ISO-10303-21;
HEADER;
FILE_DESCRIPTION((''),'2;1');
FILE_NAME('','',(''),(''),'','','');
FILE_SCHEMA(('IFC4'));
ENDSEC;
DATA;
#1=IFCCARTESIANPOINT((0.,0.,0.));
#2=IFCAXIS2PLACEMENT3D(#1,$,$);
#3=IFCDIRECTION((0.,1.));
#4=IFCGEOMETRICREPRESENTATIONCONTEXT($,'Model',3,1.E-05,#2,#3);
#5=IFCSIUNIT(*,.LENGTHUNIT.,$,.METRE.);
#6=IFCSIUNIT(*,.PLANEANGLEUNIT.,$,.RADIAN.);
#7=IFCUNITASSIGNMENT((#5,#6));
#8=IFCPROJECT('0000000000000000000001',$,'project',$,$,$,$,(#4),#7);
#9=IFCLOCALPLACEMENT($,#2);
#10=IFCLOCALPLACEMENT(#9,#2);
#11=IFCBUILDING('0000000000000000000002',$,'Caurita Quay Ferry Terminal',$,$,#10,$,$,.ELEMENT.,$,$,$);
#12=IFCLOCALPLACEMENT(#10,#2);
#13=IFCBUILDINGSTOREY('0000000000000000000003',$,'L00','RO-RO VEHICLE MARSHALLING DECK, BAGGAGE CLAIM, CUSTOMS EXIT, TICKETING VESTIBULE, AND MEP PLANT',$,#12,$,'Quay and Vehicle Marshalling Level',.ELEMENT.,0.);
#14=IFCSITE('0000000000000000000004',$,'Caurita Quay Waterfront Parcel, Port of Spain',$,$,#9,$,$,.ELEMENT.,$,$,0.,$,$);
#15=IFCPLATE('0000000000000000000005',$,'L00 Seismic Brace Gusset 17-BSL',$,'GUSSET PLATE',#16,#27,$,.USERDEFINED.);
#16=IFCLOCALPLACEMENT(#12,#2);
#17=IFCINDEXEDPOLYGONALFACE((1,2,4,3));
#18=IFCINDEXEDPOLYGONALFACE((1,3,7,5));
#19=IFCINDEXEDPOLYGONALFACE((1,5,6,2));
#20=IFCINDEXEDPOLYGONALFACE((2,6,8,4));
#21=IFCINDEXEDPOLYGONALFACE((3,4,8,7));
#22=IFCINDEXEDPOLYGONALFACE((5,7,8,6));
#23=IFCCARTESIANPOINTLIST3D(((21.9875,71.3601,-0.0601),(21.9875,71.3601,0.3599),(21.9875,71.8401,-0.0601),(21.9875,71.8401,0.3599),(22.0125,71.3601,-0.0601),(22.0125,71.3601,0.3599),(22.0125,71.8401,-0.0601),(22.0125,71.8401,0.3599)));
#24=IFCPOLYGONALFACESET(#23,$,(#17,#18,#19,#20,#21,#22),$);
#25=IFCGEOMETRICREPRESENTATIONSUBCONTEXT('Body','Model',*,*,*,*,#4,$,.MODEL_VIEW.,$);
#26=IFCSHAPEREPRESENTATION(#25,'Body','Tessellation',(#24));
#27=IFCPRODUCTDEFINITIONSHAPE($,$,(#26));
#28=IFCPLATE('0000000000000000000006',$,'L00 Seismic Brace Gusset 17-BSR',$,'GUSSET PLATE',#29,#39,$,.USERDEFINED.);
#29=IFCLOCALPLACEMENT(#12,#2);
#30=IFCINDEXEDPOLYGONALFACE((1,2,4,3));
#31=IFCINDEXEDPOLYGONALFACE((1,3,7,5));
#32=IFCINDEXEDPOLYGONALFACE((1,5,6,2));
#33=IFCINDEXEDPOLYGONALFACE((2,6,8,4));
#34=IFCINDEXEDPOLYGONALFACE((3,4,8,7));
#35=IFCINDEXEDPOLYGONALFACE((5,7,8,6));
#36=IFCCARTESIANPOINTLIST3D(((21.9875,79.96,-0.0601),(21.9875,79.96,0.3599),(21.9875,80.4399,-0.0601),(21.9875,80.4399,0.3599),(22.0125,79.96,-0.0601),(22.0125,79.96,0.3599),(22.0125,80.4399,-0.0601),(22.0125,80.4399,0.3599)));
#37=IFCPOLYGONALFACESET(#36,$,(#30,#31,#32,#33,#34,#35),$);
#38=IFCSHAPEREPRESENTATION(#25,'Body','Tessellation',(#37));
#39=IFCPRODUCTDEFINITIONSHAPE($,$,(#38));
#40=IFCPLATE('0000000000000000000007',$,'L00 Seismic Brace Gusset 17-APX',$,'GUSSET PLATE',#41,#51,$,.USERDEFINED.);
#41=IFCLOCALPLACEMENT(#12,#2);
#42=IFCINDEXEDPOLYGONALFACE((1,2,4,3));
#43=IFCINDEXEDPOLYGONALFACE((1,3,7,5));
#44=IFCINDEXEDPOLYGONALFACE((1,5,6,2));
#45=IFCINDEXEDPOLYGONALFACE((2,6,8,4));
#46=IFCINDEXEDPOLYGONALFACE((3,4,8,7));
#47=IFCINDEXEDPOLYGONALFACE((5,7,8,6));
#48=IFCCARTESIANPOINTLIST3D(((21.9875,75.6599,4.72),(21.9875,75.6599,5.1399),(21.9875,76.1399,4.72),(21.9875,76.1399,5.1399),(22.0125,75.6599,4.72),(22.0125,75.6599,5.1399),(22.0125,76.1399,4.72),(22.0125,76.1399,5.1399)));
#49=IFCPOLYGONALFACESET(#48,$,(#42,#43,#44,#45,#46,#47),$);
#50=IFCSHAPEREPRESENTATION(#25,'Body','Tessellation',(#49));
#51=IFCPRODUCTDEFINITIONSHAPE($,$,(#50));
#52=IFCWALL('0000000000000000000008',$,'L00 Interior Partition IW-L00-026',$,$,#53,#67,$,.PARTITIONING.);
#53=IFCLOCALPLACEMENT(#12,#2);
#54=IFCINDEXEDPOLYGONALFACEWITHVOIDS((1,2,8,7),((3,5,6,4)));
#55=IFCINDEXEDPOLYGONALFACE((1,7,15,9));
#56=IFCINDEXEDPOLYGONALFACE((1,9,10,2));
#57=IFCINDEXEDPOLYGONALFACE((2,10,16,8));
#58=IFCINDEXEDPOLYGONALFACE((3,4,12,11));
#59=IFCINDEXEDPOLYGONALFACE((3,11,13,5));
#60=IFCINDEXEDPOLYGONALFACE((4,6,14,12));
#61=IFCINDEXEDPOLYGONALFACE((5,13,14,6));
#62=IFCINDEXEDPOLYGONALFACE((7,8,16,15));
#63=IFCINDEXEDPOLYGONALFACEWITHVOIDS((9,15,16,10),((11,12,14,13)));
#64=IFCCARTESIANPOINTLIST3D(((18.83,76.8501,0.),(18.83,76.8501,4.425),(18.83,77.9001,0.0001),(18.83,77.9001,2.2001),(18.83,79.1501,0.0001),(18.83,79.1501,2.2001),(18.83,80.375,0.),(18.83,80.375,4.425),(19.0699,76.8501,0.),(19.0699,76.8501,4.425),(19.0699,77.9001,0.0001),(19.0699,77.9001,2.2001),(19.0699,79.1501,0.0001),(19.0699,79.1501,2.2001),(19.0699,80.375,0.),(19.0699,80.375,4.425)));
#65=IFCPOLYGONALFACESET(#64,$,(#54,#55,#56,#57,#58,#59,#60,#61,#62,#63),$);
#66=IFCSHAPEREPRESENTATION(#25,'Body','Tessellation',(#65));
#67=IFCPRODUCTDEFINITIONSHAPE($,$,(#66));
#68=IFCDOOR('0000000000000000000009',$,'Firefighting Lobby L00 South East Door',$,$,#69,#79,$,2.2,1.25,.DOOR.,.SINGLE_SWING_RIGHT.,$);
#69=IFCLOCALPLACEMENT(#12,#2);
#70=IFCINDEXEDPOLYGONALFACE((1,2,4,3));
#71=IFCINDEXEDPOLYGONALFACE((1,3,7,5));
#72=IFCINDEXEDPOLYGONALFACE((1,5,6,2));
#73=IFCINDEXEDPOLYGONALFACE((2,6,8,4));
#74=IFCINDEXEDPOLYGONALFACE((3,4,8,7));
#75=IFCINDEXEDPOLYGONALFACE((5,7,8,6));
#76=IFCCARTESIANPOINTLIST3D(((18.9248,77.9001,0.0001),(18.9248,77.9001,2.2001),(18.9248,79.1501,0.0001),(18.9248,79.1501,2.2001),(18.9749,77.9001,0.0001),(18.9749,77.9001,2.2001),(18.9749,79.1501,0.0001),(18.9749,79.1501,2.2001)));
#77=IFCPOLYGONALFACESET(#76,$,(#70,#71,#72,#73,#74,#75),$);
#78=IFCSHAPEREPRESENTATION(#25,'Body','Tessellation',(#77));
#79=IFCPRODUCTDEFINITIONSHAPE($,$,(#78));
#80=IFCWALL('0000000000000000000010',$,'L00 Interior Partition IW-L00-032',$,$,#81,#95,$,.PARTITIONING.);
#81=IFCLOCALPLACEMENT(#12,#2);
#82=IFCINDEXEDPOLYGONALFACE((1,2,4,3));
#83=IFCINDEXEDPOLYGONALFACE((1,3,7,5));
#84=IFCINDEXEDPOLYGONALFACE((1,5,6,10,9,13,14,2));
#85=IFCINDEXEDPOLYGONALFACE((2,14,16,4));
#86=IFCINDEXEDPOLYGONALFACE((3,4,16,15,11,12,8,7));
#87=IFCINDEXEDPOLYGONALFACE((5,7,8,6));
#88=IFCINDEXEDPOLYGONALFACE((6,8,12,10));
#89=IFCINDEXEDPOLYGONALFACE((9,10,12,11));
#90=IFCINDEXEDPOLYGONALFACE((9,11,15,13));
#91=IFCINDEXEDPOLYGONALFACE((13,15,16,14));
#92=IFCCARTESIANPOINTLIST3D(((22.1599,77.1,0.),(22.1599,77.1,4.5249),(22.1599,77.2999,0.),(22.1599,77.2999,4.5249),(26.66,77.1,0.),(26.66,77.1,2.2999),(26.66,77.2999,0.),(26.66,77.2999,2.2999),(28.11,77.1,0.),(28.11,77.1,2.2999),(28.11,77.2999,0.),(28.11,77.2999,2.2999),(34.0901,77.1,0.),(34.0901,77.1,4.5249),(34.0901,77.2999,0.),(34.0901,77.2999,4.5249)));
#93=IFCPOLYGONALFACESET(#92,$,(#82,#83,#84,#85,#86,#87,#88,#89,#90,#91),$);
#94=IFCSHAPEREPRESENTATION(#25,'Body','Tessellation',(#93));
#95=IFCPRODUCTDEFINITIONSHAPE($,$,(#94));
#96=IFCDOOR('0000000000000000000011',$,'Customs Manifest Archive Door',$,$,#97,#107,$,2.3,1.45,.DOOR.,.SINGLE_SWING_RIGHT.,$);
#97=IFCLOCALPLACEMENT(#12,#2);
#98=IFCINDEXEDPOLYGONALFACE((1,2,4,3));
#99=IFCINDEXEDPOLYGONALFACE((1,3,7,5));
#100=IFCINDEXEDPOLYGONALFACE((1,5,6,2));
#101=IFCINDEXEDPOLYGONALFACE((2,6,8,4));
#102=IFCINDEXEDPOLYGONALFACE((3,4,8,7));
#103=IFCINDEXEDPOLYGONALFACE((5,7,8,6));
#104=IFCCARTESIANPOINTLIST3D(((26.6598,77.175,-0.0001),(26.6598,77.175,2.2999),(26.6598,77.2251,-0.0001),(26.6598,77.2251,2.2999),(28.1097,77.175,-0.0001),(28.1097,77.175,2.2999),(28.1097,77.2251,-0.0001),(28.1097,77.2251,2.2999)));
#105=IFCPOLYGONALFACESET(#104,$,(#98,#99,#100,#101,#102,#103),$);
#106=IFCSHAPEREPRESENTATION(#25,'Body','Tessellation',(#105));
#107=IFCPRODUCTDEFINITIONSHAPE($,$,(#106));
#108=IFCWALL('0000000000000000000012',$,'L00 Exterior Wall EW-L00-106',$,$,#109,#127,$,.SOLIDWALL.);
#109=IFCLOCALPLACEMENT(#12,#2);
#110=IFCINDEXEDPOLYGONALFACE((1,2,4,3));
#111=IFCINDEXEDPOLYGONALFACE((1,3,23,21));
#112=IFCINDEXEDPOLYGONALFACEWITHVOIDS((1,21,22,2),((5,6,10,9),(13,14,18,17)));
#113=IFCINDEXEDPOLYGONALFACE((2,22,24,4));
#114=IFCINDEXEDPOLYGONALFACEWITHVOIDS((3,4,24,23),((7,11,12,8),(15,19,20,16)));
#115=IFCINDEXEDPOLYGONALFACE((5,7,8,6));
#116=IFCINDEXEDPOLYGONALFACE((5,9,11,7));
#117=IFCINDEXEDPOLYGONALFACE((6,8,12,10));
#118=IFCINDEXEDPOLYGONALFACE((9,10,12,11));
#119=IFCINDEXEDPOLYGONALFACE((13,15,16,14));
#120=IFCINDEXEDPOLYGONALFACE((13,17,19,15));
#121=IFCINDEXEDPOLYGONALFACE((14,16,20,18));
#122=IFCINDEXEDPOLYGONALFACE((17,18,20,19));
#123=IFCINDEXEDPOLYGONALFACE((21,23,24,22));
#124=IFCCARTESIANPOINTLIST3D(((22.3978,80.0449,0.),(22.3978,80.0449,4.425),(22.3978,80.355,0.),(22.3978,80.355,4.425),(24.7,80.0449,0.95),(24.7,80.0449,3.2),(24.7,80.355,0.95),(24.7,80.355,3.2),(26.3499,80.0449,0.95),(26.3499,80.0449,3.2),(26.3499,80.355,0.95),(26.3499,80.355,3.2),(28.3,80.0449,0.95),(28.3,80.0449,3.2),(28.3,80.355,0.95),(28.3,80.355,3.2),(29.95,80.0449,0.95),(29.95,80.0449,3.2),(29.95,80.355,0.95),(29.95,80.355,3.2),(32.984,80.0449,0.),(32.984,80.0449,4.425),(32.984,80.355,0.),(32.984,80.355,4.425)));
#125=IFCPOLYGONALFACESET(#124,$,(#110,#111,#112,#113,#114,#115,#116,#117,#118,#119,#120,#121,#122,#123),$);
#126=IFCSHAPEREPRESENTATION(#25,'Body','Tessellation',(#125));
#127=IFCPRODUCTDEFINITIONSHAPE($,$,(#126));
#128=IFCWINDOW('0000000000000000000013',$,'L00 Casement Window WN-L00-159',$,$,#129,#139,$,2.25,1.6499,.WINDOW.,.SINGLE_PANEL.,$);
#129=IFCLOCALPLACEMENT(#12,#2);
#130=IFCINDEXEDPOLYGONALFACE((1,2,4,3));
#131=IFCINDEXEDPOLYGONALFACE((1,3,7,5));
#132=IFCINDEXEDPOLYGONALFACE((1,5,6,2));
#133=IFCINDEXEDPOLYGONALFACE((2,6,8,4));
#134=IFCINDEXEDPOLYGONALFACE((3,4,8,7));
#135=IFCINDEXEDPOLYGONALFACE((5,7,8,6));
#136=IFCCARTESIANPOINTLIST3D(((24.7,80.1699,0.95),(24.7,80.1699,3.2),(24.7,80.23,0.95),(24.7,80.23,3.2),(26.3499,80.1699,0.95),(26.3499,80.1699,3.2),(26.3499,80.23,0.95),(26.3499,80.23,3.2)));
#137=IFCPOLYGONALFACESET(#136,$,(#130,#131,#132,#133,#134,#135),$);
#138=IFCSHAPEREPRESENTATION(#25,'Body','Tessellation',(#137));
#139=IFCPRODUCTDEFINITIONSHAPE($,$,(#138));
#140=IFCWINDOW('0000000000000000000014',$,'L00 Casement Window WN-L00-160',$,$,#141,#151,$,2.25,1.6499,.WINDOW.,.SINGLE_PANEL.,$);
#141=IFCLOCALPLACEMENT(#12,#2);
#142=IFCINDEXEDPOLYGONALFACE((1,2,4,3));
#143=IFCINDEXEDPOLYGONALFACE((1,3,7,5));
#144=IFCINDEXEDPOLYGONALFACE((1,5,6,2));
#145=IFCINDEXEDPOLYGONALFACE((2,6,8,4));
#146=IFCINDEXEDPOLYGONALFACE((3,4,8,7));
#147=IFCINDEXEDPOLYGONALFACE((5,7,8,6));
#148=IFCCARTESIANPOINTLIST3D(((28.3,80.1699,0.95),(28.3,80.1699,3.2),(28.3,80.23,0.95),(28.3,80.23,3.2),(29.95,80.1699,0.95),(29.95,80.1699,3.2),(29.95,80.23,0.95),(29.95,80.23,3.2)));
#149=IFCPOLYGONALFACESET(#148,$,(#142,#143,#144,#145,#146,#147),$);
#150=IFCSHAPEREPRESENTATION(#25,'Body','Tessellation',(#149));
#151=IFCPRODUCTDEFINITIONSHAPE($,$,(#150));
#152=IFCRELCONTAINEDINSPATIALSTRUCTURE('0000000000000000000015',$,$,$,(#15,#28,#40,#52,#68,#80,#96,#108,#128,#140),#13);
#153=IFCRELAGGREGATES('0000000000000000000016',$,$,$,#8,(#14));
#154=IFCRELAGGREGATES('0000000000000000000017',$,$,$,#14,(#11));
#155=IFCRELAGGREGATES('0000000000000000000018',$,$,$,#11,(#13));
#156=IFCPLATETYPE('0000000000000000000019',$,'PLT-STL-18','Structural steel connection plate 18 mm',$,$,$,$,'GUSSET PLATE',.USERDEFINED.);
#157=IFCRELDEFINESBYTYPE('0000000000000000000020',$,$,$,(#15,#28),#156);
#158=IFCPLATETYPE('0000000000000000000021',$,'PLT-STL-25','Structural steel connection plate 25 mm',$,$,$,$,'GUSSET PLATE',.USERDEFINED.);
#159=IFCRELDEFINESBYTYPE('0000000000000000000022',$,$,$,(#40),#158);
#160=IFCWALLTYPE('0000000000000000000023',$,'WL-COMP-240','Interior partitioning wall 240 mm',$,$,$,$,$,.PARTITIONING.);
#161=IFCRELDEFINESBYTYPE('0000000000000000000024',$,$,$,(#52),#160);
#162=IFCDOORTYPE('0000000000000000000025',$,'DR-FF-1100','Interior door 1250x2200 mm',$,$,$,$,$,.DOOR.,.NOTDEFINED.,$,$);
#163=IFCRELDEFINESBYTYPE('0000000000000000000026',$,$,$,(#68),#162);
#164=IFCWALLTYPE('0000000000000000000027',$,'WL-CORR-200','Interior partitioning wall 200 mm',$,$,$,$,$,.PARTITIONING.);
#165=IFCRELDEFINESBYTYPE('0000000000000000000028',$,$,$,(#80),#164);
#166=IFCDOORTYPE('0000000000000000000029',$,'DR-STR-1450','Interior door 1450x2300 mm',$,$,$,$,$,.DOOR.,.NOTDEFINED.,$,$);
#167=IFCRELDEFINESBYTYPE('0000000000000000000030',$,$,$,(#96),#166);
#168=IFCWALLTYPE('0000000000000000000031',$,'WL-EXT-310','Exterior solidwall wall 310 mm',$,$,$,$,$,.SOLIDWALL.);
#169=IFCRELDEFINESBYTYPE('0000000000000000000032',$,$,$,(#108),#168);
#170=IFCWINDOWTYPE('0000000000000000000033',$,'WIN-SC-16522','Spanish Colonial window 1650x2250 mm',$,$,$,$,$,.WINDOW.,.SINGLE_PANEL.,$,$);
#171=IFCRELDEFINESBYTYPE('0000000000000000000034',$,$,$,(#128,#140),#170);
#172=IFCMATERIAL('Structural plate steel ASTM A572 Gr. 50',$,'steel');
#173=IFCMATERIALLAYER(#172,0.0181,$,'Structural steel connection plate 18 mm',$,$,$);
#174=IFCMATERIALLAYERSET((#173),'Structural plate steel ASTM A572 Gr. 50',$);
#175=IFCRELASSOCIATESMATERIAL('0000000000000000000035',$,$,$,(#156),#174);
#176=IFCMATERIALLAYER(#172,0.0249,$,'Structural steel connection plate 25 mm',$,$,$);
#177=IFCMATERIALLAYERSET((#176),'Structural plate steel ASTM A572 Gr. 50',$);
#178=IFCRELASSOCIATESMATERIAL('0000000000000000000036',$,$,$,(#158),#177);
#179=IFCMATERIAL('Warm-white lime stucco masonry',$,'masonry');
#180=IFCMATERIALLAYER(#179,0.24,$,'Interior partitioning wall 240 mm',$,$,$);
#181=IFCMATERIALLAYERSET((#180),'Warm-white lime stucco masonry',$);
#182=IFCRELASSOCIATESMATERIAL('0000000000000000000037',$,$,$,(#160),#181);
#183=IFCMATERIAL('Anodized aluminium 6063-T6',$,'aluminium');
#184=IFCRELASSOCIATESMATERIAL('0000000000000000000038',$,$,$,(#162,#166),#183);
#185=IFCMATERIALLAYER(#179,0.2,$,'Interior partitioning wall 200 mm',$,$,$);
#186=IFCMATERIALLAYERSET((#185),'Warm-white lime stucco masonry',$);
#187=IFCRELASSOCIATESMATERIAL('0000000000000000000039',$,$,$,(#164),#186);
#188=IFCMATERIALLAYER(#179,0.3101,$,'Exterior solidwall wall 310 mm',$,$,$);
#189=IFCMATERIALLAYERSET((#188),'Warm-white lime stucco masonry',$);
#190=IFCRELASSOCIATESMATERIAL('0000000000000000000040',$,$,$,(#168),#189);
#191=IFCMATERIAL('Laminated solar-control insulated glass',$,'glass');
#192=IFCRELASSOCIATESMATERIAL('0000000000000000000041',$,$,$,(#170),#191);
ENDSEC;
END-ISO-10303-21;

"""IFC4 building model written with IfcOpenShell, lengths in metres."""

from ifc_helpers import new_model, si_unit, direction, frame, frame_2d, origin, origin_2d, place, context, subcontext, project, spatial, rectangle, extrude, material, layer, layer_set, type_object, element, fill, save


model = new_model("IFC4")

# Units and contexts
model_context = context("Model", 3, precision=1e-05, world=origin(), true_north=direction((0.0, 1.0)))
body_context = subcontext(model_context, "Body", "Model", "MODEL_VIEW")
ifc_project = project(units=[si_unit("LENGTHUNIT", "METRE"), si_unit("PLANEANGLEUNIT", "RADIAN")], contexts=[model_context])

# Site, building, storey
site_placement = place(None, origin())
site = spatial("IfcSite", under=ifc_project, at=site_placement, Name="Caurita Quay Waterfront Parcel, Port of Spain", CompositionType="ELEMENT", RefElevation=0.0)
building_placement = place(site_placement, origin())
building = spatial("IfcBuilding", under=site, at=building_placement, Name="Caurita Quay Ferry Terminal", CompositionType="ELEMENT")
storey_placement = place(building_placement, origin())
storey = spatial("IfcBuildingStorey", under=building, at=storey_placement, Name="L00", Description="RO-RO VEHICLE MARSHALLING DECK, BAGGAGE CLAIM, CUSTOMS EXIT, TICKETING VESTIBULE, AND MEP PLANT", LongName="Quay and Vehicle Marshalling Level", CompositionType="ELEMENT", Elevation=0.0)

# Plates
ifc_material_1 = material(Name="Structural plate steel ASTM A572 Gr. 50", Category="steel")
ifc_layer_1 = layer(ifc_material_1, 0.0181, Name="Structural steel connection plate 18 mm")
ifc_layer_set_1 = layer_set([ifc_layer_1], Name="Structural plate steel ASTM A572 Gr. 50")
plate_type_1 = type_object("IfcPlateType", Name="PLT-STL-18", Description="Structural steel connection plate 18 mm", ElementType="GUSSET PLATE", PredefinedType="USERDEFINED", material=ifc_layer_set_1)
for number, where, z_axis, x_axis, name in (
    (1, (22.0, 71.6001, -0.0601), (0.0, 0.0, 1.0), (0.0, 1.0, 0.0), "L00 Seismic Brace Gusset 17-BSL"),
    (2, (22.0, 80.2, -0.0601), (0.0, 0.0, 1.0), (0.0, 1.0, 0.0), "L00 Seismic Brace Gusset 17-BSR"),
):
    element("IfcPlate", number, at=place(storey_placement, frame(where, z_axis=z_axis, x_axis=x_axis)), inside=storey, type_object=plate_type_1, Name=name, ObjectType="GUSSET PLATE", PredefinedType="USERDEFINED", context=body_context, shape_type="SweptSolid", body=[
        extrude(rectangle(XDim=0.48, YDim=0.0249, at=origin_2d()), origin(), (0.0, 0.0, 1.0), 0.4199),
    ])
ifc_layer_2 = layer(ifc_material_1, 0.0249, Name="Structural steel connection plate 25 mm")
ifc_layer_set_2 = layer_set([ifc_layer_2], Name="Structural plate steel ASTM A572 Gr. 50")
plate_type_2 = type_object("IfcPlateType", Name="PLT-STL-25", Description="Structural steel connection plate 25 mm", ElementType="GUSSET PLATE", PredefinedType="USERDEFINED", material=ifc_layer_set_2)
plate_placement = place(storey_placement, frame((22.0, 75.8999, 4.72), z_axis=(0.0, 0.0, 1.0), x_axis=(0.0, 1.0, 0.0)))
element("IfcPlate", 3, at=plate_placement, inside=storey, type_object=plate_type_2, Name="L00 Seismic Brace Gusset 17-APX", ObjectType="GUSSET PLATE", PredefinedType="USERDEFINED", context=body_context, shape_type="SweptSolid", body=[
    extrude(rectangle(XDim=0.48, YDim=0.0249, at=origin_2d()), origin(), (0.0, 0.0, 1.0), 0.4199),
])

# Walls, openings, doors
ifc_material_2 = material(Name="Warm-white lime stucco masonry", Category="masonry")
ifc_layer_3 = layer(ifc_material_2, 0.24, Name="Interior partitioning wall 240 mm")
ifc_layer_set_3 = layer_set([ifc_layer_3], Name="Warm-white lime stucco masonry")
wall_type_1 = type_object("IfcWallType", Name="WL-COMP-240", Description="Interior partitioning wall 240 mm", PredefinedType="PARTITIONING", material=ifc_layer_set_3)
wall_1_placement = place(storey_placement, frame((18.95, 76.8501, 0.0), z_axis=(0.0, 0.0, 1.0), x_axis=(0.0, 1.0, 0.0)))
wall_1 = element("IfcWall", 4, at=wall_1_placement, inside=storey, type_object=wall_type_1, Name="L00 Interior Partition IW-L00-026", PredefinedType="PARTITIONING", context=body_context, shape_type="SweptSolid", body=[
    extrude(rectangle(XDim=3.5249, YDim=0.24, at=frame_2d((1.7625, 0.0))), origin(), (0.0, 0.0, 1.0), 4.425),
])
opening_1_placement = place(wall_1_placement, frame((1.05, 0.0, 0.0)))
opening_1 = element("IfcOpeningElement", 5, at=opening_1_placement, cuts=wall_1, PredefinedType="OPENING", context=body_context, shape_type="SweptSolid", body=[
    extrude(rectangle(XDim=1.25, YDim=2.2, at=frame_2d((0.625, 1.1001))), frame((0.0, 0.1299, 0.0), z_axis=(0.0, -1.0, 0.0), x_axis=(1.0, 0.0, 0.0)), (0.0, 0.0, 1.0), 0.26),
])
ifc_material_3 = material(Name="Anodized aluminium 6063-T6", Category="aluminium")
door_type_1 = type_object("IfcDoorType", Name="DR-FF-1100", Description="Interior door 1250x2200 mm", OperationType="NOTDEFINED", PredefinedType="DOOR", material=ifc_material_3)
door_1_placement = place(opening_1_placement, frame((1.25, 0.0, 0.0), z_axis=(0.0, 0.0, 1.0), x_axis=(-1.0, 0.0, 0.0)))
door_1 = element("IfcDoor", 6, at=door_1_placement, inside=storey, type_object=door_type_1, Name="Firefighting Lobby L00 South East Door", OperationType="SINGLE_SWING_RIGHT", OverallHeight=2.2, OverallWidth=1.25, PredefinedType="DOOR", context=body_context, shape_type="SweptSolid", body=[
    extrude(rectangle(XDim=1.25, YDim=2.2, at=frame_2d((0.625, 1.1001))), frame((0.0, 0.0249, 0.0), z_axis=(0.0, -1.0, 0.0), x_axis=(1.0, 0.0, 0.0)), (0.0, 0.0, 1.0), 0.05),
])
fill(opening_1, door_1)
ifc_layer_4 = layer(ifc_material_2, 0.2, Name="Interior partitioning wall 200 mm")
ifc_layer_set_4 = layer_set([ifc_layer_4], Name="Warm-white lime stucco masonry")
wall_type_2 = type_object("IfcWallType", Name="WL-CORR-200", Description="Interior partitioning wall 200 mm", PredefinedType="PARTITIONING", material=ifc_layer_set_4)
wall_2_placement = place(storey_placement, frame((22.1599, 77.2, 0.0), z_axis=(0.0, 0.0, 1.0), x_axis=(1.0, 0.0, 0.0)))
wall_2 = element("IfcWall", 7, at=wall_2_placement, inside=storey, type_object=wall_type_2, Name="L00 Interior Partition IW-L00-032", PredefinedType="PARTITIONING", context=body_context, shape_type="SweptSolid", body=[
    extrude(rectangle(XDim=11.9302, YDim=0.2, at=frame_2d((5.9651, 0.0))), origin(), (0.0, 0.0, 1.0), 4.5249),
])
opening_2_placement = place(wall_2_placement, frame((4.5, 0.0, 0.0)))
opening_2 = element("IfcOpeningElement", 8, at=opening_2_placement, cuts=wall_2, PredefinedType="OPENING", context=body_context, shape_type="SweptSolid", body=[
    extrude(rectangle(XDim=1.45, YDim=2.3, at=frame_2d((0.7251, 1.1499))), frame((0.0, 0.1099, 0.0), z_axis=(0.0, -1.0, 0.0), x_axis=(1.0, 0.0, 0.0)), (0.0, 0.0, 1.0), 0.22),
])
door_type_2 = type_object("IfcDoorType", Name="DR-STR-1450", Description="Interior door 1450x2300 mm", OperationType="NOTDEFINED", PredefinedType="DOOR", material=ifc_material_3)
door_2_placement = place(opening_2_placement, frame((1.45, 0.0, 0.0), z_axis=(0.0, 0.0, 1.0), x_axis=(-1.0, 0.0, 0.0)))
door_2 = element("IfcDoor", 9, at=door_2_placement, inside=storey, type_object=door_type_2, Name="Customs Manifest Archive Door", OperationType="SINGLE_SWING_RIGHT", OverallHeight=2.3, OverallWidth=1.45, PredefinedType="DOOR", context=body_context, shape_type="SweptSolid", body=[
    extrude(rectangle(XDim=1.45, YDim=2.3, at=frame_2d((0.7251, 1.1499))), frame((0.0, 0.0249, 0.0), z_axis=(0.0, -1.0, 0.0), x_axis=(1.0, 0.0, 0.0)), (0.0, 0.0, 1.0), 0.05),
])
fill(opening_2, door_2)

# Wall, openings, windows
ifc_layer_5 = layer(ifc_material_2, 0.3101, Name="Exterior solidwall wall 310 mm")
ifc_layer_set_5 = layer_set([ifc_layer_5], Name="Warm-white lime stucco masonry")
wall_type_3 = type_object("IfcWallType", Name="WL-EXT-310", Description="Exterior solidwall wall 310 mm", PredefinedType="SOLIDWALL", material=ifc_layer_set_5)
wall_3_placement = place(storey_placement, frame((22.3979, 80.2, 0.0), z_axis=(0.0, 0.0, 1.0), x_axis=(1.0, 0.0, 0.0)))
wall_3 = element("IfcWall", 10, at=wall_3_placement, inside=storey, type_object=wall_type_3, Name="L00 Exterior Wall EW-L00-106", PredefinedType="SOLIDWALL", context=body_context, shape_type="SweptSolid", body=[
    extrude(rectangle(XDim=10.5862, YDim=0.3101, at=frame_2d((5.293, 0.0))), origin(), (0.0, 0.0, 1.0), 4.425),
])
opening_3_placement = place(wall_3_placement, frame((2.302, 0.0, 0.95)))
opening_3 = element("IfcOpeningElement", 11, at=opening_3_placement, cuts=wall_3, PredefinedType="OPENING", context=body_context, shape_type="SweptSolid", body=[
    extrude(rectangle(XDim=1.6499, YDim=2.25, at=frame_2d((0.825, 1.125))), frame((0.0, 0.165, 0.0), z_axis=(0.0, -1.0, 0.0), x_axis=(1.0, 0.0, 0.0)), (0.0, 0.0, 1.0), 0.3301),
])
opening_4_placement = place(wall_3_placement, frame((5.9021, 0.0, 0.95)))
opening_4 = element("IfcOpeningElement", 12, at=opening_4_placement, cuts=wall_3, PredefinedType="OPENING", context=body_context, shape_type="SweptSolid", body=[
    extrude(rectangle(XDim=1.6499, YDim=2.25, at=frame_2d((0.825, 1.125))), frame((0.0, 0.165, 0.0), z_axis=(0.0, -1.0, 0.0), x_axis=(1.0, 0.0, 0.0)), (0.0, 0.0, 1.0), 0.3301),
])
ifc_material_4 = material(Name="Laminated solar-control insulated glass", Category="glass")
window_type_1 = type_object("IfcWindowType", Name="WIN-SC-16522", Description="Spanish Colonial window 1650x2250 mm", PartitioningType="SINGLE_PANEL", PredefinedType="WINDOW", material=ifc_material_4)
window_1_placement = place(opening_3_placement, origin())
window_1 = element("IfcWindow", 13, at=window_1_placement, inside=storey, type_object=window_type_1, Name="L00 Casement Window WN-L00-159", OverallHeight=2.25, OverallWidth=1.6499, PartitioningType="SINGLE_PANEL", PredefinedType="WINDOW", context=body_context, shape_type="SweptSolid", body=[
    extrude(rectangle(XDim=1.6499, YDim=2.25, at=frame_2d((0.825, 1.125))), frame((0.0, 0.03, 0.0), z_axis=(0.0, -1.0, 0.0), x_axis=(1.0, 0.0, 0.0)), (0.0, 0.0, 1.0), 0.0601),
])
fill(opening_3, window_1)
window_2_placement = place(opening_4_placement, origin())
window_2 = element("IfcWindow", 14, at=window_2_placement, inside=storey, type_object=window_type_1, Name="L00 Casement Window WN-L00-160", OverallHeight=2.25, OverallWidth=1.6499, PartitioningType="SINGLE_PANEL", PredefinedType="WINDOW", context=body_context, shape_type="SweptSolid", body=[
    extrude(rectangle(XDim=1.6499, YDim=2.25, at=frame_2d((0.825, 1.125))), frame((0.0, 0.03, 0.0), z_axis=(0.0, -1.0, 0.0), x_axis=(1.0, 0.0, 0.0)), (0.0, 0.0, 1.0), 0.0601),
])
fill(opening_4, window_2)

save(model, "model.ifc")
